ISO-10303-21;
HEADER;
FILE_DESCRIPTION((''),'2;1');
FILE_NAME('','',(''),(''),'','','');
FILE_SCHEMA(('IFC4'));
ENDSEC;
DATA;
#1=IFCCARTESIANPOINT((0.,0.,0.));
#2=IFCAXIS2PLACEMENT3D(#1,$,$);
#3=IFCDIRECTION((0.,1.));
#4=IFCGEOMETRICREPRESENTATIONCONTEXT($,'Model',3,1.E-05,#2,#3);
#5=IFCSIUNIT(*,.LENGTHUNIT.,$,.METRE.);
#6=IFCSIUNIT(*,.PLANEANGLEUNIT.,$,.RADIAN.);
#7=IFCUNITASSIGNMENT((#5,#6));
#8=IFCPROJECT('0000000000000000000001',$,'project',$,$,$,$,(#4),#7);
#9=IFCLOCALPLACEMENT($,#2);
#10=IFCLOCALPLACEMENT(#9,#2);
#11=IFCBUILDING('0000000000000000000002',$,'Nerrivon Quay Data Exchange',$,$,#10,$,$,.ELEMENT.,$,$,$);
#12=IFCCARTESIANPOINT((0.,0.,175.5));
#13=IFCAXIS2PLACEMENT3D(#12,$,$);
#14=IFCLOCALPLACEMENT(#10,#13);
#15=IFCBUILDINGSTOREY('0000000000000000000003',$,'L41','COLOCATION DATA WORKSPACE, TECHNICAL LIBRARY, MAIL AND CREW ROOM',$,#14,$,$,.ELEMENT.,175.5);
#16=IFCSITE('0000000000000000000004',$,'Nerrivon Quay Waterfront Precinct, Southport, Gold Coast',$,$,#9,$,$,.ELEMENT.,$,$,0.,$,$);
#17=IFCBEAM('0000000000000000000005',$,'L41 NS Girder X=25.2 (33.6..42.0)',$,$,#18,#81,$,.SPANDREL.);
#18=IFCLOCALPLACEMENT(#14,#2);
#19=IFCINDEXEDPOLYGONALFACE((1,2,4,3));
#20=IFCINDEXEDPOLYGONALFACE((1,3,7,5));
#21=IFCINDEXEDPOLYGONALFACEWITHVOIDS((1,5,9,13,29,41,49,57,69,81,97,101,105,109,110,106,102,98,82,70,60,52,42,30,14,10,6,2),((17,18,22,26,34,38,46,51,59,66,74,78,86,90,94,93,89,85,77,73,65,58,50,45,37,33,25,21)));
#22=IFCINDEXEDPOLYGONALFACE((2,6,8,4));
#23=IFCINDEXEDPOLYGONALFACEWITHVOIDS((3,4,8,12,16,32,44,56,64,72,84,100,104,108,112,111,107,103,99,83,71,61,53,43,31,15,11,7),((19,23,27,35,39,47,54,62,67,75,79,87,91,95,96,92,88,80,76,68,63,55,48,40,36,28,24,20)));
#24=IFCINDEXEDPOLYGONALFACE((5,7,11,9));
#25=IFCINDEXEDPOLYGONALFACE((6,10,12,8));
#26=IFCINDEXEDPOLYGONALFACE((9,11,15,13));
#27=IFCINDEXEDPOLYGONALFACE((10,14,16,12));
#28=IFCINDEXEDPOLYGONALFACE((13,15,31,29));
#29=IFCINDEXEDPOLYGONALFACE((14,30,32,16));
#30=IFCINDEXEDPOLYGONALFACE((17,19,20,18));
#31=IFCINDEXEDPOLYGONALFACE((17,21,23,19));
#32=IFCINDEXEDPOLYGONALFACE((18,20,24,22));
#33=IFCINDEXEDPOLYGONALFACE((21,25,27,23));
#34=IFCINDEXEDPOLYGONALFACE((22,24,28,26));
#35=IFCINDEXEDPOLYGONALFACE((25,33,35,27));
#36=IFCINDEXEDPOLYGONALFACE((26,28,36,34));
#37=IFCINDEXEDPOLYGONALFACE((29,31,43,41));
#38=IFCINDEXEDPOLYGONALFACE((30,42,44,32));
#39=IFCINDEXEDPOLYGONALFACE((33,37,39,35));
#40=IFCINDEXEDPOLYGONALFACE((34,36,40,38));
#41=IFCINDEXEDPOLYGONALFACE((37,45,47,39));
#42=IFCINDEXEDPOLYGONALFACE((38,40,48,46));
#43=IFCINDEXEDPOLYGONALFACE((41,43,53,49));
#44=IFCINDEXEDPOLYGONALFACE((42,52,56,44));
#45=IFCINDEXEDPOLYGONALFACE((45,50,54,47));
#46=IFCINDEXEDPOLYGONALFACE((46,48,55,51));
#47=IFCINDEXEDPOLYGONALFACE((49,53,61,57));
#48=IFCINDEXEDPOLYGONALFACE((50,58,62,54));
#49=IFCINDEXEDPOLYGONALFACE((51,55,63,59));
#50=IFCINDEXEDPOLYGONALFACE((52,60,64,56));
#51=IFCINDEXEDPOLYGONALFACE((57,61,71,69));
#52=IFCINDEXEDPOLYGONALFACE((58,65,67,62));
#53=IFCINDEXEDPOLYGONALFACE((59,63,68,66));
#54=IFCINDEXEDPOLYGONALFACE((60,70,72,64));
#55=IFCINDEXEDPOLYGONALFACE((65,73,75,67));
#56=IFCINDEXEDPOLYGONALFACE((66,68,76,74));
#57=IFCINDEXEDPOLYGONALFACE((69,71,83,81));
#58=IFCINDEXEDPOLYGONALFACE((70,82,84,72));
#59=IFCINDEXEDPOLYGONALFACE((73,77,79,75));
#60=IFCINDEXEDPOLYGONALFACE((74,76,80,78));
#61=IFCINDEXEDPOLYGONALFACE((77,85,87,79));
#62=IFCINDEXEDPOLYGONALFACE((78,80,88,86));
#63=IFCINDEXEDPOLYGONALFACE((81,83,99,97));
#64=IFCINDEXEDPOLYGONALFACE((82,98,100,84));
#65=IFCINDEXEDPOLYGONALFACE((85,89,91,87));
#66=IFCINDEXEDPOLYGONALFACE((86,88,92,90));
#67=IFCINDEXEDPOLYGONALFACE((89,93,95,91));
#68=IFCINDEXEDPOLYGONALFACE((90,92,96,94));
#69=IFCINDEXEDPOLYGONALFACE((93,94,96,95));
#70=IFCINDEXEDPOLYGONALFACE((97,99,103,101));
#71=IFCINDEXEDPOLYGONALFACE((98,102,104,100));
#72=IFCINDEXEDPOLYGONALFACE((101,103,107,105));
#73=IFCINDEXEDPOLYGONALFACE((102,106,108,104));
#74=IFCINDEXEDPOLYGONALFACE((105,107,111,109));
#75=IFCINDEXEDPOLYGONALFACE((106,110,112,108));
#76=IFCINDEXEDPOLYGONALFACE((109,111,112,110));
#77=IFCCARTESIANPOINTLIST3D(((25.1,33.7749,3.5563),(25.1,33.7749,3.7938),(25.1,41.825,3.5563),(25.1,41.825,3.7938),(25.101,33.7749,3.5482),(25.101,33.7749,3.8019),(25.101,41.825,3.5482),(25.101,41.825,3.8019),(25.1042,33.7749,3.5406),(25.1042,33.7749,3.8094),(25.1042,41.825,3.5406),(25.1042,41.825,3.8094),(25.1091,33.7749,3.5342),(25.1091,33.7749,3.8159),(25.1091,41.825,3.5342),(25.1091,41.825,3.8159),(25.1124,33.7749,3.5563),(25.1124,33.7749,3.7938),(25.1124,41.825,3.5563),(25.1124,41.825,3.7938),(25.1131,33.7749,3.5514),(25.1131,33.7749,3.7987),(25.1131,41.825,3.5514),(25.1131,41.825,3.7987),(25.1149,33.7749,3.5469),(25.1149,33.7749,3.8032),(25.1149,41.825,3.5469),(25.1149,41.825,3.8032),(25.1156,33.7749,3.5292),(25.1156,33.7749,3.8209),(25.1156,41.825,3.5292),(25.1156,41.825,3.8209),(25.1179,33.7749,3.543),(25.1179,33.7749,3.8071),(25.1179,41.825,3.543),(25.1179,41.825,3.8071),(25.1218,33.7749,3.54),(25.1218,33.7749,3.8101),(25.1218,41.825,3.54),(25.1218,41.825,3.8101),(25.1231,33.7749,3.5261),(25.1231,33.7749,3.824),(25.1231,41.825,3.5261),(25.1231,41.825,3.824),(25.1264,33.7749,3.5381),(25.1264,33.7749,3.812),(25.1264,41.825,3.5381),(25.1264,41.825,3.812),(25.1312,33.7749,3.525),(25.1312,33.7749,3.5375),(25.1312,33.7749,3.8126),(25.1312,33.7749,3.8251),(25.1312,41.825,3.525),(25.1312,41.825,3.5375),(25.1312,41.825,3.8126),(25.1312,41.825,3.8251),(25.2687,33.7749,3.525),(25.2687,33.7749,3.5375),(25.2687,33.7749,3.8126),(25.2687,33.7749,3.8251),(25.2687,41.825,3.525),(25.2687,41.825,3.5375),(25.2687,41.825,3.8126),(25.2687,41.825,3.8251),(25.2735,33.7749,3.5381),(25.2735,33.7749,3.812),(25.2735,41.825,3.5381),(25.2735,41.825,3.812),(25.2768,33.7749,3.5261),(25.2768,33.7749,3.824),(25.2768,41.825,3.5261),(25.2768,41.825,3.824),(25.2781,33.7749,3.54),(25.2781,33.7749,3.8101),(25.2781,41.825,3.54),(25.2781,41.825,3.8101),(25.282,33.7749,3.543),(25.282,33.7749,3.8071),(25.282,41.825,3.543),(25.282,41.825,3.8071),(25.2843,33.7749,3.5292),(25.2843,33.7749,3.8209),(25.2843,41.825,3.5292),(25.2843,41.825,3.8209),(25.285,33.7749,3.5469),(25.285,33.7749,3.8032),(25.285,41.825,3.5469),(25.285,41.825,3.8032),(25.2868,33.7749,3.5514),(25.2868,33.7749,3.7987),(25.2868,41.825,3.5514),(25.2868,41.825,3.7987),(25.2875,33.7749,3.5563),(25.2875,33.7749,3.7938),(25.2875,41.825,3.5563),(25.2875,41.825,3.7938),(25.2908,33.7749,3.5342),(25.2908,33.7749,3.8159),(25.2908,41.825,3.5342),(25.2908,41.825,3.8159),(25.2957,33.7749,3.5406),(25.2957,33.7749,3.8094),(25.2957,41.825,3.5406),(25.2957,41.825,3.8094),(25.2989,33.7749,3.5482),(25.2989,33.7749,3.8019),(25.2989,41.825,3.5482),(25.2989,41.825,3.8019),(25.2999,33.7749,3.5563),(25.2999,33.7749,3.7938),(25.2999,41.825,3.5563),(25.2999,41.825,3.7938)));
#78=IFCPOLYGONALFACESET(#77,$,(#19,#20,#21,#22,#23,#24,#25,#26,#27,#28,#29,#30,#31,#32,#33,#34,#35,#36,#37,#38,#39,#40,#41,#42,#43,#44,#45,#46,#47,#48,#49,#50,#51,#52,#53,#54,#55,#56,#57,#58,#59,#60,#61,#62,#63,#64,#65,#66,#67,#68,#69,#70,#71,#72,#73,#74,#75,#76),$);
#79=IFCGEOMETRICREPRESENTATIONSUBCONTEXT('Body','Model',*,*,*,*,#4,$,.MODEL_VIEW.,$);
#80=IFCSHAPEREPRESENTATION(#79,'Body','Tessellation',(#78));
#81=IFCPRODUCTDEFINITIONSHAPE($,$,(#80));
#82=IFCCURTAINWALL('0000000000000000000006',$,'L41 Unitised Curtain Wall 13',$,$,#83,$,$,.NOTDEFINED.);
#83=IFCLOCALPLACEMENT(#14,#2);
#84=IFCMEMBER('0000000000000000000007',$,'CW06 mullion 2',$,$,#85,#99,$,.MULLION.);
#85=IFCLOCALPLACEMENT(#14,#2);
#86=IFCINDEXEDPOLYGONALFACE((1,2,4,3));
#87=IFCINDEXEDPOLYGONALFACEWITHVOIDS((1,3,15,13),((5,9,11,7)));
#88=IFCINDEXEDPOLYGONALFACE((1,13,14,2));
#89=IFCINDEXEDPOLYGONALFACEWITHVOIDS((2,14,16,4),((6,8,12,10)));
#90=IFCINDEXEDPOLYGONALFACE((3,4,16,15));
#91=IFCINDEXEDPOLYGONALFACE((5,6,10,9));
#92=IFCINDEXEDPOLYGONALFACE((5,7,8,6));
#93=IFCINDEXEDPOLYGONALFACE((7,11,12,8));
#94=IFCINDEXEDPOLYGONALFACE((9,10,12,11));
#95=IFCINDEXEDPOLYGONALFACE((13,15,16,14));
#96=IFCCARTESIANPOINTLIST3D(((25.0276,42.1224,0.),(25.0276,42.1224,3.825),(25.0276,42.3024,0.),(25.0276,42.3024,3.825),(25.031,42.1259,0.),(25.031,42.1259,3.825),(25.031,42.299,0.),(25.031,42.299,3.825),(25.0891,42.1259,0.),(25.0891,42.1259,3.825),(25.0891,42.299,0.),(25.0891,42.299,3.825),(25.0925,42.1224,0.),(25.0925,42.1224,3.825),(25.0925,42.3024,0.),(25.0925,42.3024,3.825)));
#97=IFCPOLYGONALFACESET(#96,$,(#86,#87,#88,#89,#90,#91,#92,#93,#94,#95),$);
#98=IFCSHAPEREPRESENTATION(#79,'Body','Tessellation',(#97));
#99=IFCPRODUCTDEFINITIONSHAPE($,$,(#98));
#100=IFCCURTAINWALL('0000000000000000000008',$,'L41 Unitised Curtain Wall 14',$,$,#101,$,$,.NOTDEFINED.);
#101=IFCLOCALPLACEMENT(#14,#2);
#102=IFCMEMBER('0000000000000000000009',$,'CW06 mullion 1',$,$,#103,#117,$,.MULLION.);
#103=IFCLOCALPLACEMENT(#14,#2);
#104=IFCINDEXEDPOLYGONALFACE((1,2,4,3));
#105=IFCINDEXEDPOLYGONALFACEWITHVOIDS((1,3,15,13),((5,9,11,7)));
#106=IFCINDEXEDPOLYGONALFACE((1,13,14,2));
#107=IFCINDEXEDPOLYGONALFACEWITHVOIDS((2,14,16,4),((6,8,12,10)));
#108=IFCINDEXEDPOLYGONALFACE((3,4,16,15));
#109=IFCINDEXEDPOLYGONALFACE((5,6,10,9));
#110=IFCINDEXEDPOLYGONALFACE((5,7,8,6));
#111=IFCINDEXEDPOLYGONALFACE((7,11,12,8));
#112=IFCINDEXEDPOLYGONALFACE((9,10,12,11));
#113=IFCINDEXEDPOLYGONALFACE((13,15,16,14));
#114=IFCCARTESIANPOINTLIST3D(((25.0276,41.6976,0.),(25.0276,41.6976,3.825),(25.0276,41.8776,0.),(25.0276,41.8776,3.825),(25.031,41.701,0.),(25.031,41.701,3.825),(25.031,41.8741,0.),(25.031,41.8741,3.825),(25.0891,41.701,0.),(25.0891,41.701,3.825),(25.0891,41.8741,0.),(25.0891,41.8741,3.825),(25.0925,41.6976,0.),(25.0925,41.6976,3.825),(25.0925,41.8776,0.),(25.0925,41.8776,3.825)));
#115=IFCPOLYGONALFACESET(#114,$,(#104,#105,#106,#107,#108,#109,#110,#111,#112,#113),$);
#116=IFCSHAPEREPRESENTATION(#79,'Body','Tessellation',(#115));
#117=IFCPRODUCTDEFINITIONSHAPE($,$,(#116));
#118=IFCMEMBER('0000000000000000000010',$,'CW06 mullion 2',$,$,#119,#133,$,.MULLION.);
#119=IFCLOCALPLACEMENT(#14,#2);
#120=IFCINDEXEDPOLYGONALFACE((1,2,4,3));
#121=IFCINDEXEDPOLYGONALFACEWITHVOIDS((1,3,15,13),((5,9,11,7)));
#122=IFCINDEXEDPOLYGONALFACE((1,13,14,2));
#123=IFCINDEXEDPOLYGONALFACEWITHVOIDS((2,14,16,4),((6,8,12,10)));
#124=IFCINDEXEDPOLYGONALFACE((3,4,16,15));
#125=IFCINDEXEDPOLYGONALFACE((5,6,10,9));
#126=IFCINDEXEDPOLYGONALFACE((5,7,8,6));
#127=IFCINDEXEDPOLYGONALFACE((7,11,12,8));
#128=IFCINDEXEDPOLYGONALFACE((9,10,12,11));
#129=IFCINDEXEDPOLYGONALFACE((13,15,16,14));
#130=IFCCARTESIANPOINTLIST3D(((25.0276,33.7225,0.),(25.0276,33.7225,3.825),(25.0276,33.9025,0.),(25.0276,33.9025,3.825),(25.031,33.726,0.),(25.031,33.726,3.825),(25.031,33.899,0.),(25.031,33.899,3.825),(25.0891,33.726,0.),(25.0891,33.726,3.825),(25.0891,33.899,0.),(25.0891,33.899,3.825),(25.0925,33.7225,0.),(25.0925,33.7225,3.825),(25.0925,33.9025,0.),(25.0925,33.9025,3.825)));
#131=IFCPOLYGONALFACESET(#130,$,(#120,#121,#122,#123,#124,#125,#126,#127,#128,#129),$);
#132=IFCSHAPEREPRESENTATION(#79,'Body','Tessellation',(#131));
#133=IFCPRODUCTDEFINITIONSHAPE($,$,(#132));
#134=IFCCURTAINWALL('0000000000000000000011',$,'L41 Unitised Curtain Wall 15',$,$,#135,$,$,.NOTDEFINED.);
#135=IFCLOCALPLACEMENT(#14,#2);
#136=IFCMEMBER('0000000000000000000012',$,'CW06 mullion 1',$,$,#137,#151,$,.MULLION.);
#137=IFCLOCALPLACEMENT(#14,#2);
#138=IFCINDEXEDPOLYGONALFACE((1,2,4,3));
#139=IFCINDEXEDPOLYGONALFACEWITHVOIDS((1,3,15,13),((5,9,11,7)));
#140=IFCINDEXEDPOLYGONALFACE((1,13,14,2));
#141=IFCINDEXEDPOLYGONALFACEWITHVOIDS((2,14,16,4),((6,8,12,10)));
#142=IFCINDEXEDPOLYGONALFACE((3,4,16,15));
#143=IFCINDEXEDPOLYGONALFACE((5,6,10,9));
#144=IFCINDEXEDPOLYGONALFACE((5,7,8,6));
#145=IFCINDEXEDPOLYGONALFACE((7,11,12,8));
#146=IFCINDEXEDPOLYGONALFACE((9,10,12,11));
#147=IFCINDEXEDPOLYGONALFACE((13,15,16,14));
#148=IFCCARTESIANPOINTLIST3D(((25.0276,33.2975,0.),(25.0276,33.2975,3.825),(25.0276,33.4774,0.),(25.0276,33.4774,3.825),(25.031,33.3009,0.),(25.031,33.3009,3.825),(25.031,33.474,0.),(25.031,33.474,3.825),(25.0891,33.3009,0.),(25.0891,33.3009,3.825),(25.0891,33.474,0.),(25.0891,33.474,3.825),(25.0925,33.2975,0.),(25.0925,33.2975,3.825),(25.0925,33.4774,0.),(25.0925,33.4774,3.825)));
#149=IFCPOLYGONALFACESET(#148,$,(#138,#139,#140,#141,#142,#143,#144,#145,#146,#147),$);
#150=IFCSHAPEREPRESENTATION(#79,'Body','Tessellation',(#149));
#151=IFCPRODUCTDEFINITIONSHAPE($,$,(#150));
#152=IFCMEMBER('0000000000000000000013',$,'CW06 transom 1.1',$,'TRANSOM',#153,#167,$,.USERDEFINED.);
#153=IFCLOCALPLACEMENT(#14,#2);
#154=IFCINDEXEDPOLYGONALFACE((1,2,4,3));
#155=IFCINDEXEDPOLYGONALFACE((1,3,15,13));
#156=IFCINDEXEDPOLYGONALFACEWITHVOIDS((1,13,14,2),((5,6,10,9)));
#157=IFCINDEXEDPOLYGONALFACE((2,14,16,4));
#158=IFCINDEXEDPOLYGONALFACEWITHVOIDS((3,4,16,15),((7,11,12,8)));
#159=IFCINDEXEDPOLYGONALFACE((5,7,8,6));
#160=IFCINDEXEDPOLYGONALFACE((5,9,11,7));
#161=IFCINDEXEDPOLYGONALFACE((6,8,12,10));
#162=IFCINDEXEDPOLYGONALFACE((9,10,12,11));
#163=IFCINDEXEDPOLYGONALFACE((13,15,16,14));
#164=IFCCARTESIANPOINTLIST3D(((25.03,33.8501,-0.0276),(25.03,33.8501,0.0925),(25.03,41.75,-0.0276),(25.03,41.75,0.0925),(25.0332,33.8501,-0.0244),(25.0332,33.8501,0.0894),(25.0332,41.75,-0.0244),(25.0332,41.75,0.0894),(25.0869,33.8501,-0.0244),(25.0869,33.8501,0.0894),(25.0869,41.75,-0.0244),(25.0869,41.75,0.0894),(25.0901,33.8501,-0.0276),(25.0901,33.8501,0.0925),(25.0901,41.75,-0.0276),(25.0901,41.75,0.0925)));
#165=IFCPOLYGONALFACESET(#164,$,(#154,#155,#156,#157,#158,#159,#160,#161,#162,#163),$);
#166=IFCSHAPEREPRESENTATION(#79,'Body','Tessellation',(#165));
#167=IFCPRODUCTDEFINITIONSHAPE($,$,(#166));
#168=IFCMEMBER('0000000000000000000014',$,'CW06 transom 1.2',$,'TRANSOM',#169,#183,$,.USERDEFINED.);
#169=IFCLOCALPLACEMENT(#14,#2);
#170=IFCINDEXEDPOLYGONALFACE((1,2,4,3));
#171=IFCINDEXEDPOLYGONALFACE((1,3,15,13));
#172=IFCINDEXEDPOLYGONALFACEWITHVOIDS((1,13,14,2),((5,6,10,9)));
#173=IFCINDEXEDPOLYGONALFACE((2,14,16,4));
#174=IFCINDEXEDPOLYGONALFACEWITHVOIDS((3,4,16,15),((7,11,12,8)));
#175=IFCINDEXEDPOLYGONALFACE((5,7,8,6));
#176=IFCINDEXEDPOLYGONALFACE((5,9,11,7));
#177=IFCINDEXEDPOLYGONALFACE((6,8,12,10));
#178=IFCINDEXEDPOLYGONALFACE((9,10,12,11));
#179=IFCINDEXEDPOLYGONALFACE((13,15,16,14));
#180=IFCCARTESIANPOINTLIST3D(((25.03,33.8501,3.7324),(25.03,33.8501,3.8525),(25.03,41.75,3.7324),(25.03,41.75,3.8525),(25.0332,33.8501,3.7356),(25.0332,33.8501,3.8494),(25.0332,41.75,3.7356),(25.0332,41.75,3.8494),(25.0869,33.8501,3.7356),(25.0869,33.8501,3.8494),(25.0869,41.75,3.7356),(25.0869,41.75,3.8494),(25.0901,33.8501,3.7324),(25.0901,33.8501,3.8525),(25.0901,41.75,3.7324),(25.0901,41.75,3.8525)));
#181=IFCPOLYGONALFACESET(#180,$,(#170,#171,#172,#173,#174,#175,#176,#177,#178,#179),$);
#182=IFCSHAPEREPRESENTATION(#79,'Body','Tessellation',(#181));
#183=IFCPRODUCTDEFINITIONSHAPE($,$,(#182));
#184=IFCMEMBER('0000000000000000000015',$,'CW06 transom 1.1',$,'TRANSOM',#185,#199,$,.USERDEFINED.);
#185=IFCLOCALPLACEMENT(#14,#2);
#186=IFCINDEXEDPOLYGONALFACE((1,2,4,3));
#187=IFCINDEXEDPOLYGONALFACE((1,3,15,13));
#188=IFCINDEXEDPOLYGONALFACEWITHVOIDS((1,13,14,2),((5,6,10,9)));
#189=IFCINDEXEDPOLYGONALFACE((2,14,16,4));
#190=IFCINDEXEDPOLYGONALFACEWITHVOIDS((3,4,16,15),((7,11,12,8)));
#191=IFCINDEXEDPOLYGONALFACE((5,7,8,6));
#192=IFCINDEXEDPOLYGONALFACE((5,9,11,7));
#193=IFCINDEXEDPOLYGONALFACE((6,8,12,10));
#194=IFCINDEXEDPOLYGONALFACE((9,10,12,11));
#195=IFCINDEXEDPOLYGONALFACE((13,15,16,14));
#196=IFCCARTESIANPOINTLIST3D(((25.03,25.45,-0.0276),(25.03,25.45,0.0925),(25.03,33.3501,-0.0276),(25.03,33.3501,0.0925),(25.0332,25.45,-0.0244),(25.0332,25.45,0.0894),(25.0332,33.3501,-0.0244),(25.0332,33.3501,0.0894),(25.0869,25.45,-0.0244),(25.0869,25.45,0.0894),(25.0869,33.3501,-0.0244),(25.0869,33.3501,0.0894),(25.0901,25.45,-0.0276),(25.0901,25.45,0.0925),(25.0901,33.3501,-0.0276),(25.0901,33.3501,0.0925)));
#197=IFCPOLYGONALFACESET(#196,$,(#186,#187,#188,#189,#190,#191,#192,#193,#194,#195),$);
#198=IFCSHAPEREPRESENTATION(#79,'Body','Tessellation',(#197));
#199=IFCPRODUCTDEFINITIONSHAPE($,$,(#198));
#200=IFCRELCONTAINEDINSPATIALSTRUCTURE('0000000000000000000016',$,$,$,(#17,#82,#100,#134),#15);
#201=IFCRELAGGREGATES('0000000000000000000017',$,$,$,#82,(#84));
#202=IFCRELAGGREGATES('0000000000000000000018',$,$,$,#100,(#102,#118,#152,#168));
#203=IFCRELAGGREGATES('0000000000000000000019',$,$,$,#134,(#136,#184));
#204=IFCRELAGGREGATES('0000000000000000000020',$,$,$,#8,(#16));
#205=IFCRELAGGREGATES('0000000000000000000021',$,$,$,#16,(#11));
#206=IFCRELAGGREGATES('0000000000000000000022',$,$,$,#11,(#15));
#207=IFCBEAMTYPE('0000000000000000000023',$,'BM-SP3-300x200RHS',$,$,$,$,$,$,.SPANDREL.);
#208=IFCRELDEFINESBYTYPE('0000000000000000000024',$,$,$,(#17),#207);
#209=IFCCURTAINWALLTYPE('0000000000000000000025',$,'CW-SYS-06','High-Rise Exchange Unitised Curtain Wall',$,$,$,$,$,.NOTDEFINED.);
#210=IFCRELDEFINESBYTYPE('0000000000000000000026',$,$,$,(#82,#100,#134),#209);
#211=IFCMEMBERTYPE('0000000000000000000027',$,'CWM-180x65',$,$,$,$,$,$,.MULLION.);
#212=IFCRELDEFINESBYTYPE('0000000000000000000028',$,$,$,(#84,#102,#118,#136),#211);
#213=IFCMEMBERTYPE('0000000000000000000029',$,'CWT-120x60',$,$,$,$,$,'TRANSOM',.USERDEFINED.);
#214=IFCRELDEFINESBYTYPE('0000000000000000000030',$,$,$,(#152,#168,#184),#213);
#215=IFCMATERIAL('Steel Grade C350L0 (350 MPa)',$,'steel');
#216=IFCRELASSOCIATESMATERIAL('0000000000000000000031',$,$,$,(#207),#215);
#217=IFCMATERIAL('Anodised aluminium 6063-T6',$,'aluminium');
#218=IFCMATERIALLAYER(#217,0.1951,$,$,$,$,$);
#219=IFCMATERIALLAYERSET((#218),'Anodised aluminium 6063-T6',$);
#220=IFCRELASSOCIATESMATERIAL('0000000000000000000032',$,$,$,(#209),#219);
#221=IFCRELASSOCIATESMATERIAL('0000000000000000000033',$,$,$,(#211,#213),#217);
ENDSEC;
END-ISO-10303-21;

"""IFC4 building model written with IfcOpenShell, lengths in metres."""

from ifc_helpers import new_model, si_unit, direction, frame, origin, origin_2d, place, context, subcontext, project, spatial, hollow_rectangle, extrude, material, layer, layer_set, material_profile, profile_set, type_object, element, aggregate, save


model = new_model("IFC4")

# Units and contexts
model_context = context("Model", 3, precision=1e-05, world=origin(), true_north=direction((0.0, 1.0)))
body_context = subcontext(model_context, "Body", "Model", "MODEL_VIEW")
ifc_project = project(units=[si_unit("LENGTHUNIT", "METRE"), si_unit("PLANEANGLEUNIT", "RADIAN")], contexts=[model_context])

# Site, building, storey
site_placement = place(None, origin())
site = spatial("IfcSite", under=ifc_project, at=site_placement, Name="Nerrivon Quay Waterfront Precinct, Southport, Gold Coast", CompositionType="ELEMENT", RefElevation=0.0)
building_placement = place(site_placement, origin())
building = spatial("IfcBuilding", under=site, at=building_placement, Name="Nerrivon Quay Data Exchange", CompositionType="ELEMENT")
storey_placement = place(building_placement, frame((0.0, 0.0, 175.5)))
storey = spatial("IfcBuildingStorey", under=building, at=storey_placement, Name="L41", Description="COLOCATION DATA WORKSPACE, TECHNICAL LIBRARY, MAIL AND CREW ROOM", CompositionType="ELEMENT", Elevation=175.5)

# Beam
ifc_material_1 = material(Name="Steel Grade C350L0 (350 MPa)", Category="steel")
ifc_material_profile_1 = material_profile(ifc_material_1, hollow_rectangle(XDim=0.2, YDim=0.3, WallThickness=0.0125, InnerFilletRadius=0.0188, OuterFilletRadius=0.0312, at=origin_2d()), Name="300x200x12.5RHS")
ifc_profile_set_1 = profile_set([ifc_material_profile_1], Name="Steel Grade C350L0 (350 MPa)")
beam_type_1 = type_object("IfcBeamType", Name="BM-SP3-300x200RHS", PredefinedType="SPANDREL", material=ifc_profile_set_1)
beam_1_placement = place(storey_placement, frame((25.2, 33.7749, 3.675), z_axis=(0.0, 1.0, 0.0), x_axis=(-1.0, 0.0, 0.0)))
element("IfcBeam", 1, at=beam_1_placement, inside=storey, type_object=beam_type_1, Name="L41 NS Girder X=25.2 (33.6..42.0)", PredefinedType="SPANDREL", context=body_context, shape_type="SweptSolid", body=[
    extrude(hollow_rectangle(XDim=0.2, YDim=0.3, WallThickness=0.0125, InnerFilletRadius=0.0188, OuterFilletRadius=0.0312, at=origin_2d()), origin(), (0.0, 0.0, 1.0), 8.05),
])

# Curtain wall, member
ifc_material_2 = material(Name="Anodised aluminium 6063-T6", Category="aluminium")
ifc_layer_1 = layer(ifc_material_2, 0.1951)
ifc_layer_set_1 = layer_set([ifc_layer_1], Name="Anodised aluminium 6063-T6")
curtain_wall_type = type_object("IfcCurtainWallType", Name="CW-SYS-06", Description="High-Rise Exchange Unitised Curtain Wall", PredefinedType="NOTDEFINED", material=ifc_layer_set_1)
curtain_wall_1_placement = place(storey_placement, origin())
curtain_wall_1 = element("IfcCurtainWall", 2, at=curtain_wall_1_placement, inside=storey, type_object=curtain_wall_type, Name="L41 Unitised Curtain Wall 13", PredefinedType="NOTDEFINED")
ifc_material_profile_2 = material_profile(ifc_material_2, hollow_rectangle(XDim=0.0649, YDim=0.1799, WallThickness=0.0034, at=origin_2d()), Name="ALU-MULL-180x65")
ifc_profile_set_2 = profile_set([ifc_material_profile_2], Name="Anodised aluminium 6063-T6")
member_type_1 = type_object("IfcMemberType", Name="CWM-180x65", PredefinedType="MULLION", material=ifc_profile_set_2)
member_1_placement = place(storey_placement, frame((25.0601, 42.2124, 0.0), z_axis=(0.0, 0.0, 1.0), x_axis=(1.0, 0.0, 0.0)))
member_1 = element("IfcMember", 3, at=member_1_placement, type_object=member_type_1, Name="CW06 mullion 2", PredefinedType="MULLION", context=body_context, shape_type="SweptSolid", body=[
    extrude(hollow_rectangle(XDim=0.0649, YDim=0.1799, WallThickness=0.0034, at=origin_2d()), origin(), (0.0, 0.0, 1.0), 3.825),
])
aggregate(curtain_wall_1, [member_1])

# Curtain wall, members
curtain_wall_2_placement = place(storey_placement, origin())
curtain_wall_2 = element("IfcCurtainWall", 4, at=curtain_wall_2_placement, inside=storey, type_object=curtain_wall_type, Name="L41 Unitised Curtain Wall 14", PredefinedType="NOTDEFINED")
member_2_placement = place(storey_placement, frame((25.0601, 41.7876, 0.0), z_axis=(0.0, 0.0, 1.0), x_axis=(1.0, 0.0, 0.0)))
member_2 = element("IfcMember", 5, at=member_2_placement, type_object=member_type_1, Name="CW06 mullion 1", PredefinedType="MULLION", context=body_context, shape_type="SweptSolid", body=[
    extrude(hollow_rectangle(XDim=0.0649, YDim=0.1799, WallThickness=0.0034, at=origin_2d()), origin(), (0.0, 0.0, 1.0), 3.825),
])
member_3_placement = place(storey_placement, frame((25.0601, 33.8125, 0.0), z_axis=(0.0, 0.0, 1.0), x_axis=(1.0, 0.0, 0.0)))
member_3 = element("IfcMember", 6, at=member_3_placement, type_object=member_type_1, Name="CW06 mullion 2", PredefinedType="MULLION", context=body_context, shape_type="SweptSolid", body=[
    extrude(hollow_rectangle(XDim=0.0649, YDim=0.1799, WallThickness=0.0034, at=origin_2d()), origin(), (0.0, 0.0, 1.0), 3.825),
])

# Curtain wall, member
curtain_wall_3_placement = place(storey_placement, origin())
curtain_wall_3 = element("IfcCurtainWall", 7, at=curtain_wall_3_placement, inside=storey, type_object=curtain_wall_type, Name="L41 Unitised Curtain Wall 15", PredefinedType="NOTDEFINED")
member_4_placement = place(storey_placement, frame((25.0601, 33.3875, 0.0), z_axis=(0.0, 0.0, 1.0), x_axis=(1.0, 0.0, 0.0)))
member_4 = element("IfcMember", 8, at=member_4_placement, type_object=member_type_1, Name="CW06 mullion 1", PredefinedType="MULLION", context=body_context, shape_type="SweptSolid", body=[
    extrude(hollow_rectangle(XDim=0.0649, YDim=0.1799, WallThickness=0.0034, at=origin_2d()), origin(), (0.0, 0.0, 1.0), 3.825),
])

# Members
ifc_material_profile_3 = material_profile(ifc_material_2, hollow_rectangle(XDim=0.0601, YDim=0.1201, WallThickness=0.0032, at=origin_2d()), Name="ALU-TRAN-120x60")
ifc_profile_set_3 = profile_set([ifc_material_profile_3], Name="Anodised aluminium 6063-T6")
member_type_2 = type_object("IfcMemberType", Name="CWT-120x60", ElementType="TRANSOM", PredefinedType="USERDEFINED", material=ifc_profile_set_3)
member_5_placement = place(storey_placement, frame((25.0601, 41.75, 0.0325), z_axis=(0.0, -1.0, 0.0), x_axis=(1.0, 0.0, 0.0)))
member_5 = element("IfcMember", 9, at=member_5_placement, type_object=member_type_2, Name="CW06 transom 1.1", ObjectType="TRANSOM", PredefinedType="USERDEFINED", context=body_context, shape_type="SweptSolid", body=[
    extrude(hollow_rectangle(XDim=0.0601, YDim=0.1201, WallThickness=0.0032, at=origin_2d()), origin(), (0.0, 0.0, 1.0), 7.8999),
])
member_6_placement = place(storey_placement, frame((25.0601, 41.75, 3.7925), z_axis=(0.0, -1.0, 0.0), x_axis=(1.0, 0.0, 0.0)))
member_6 = element("IfcMember", 10, at=member_6_placement, type_object=member_type_2, Name="CW06 transom 1.2", ObjectType="TRANSOM", PredefinedType="USERDEFINED", context=body_context, shape_type="SweptSolid", body=[
    extrude(hollow_rectangle(XDim=0.0601, YDim=0.1201, WallThickness=0.0032, at=origin_2d()), origin(), (0.0, 0.0, 1.0), 7.8999),
])
member_7_placement = place(storey_placement, frame((25.0601, 33.3501, 0.0325), z_axis=(0.0, -1.0, 0.0), x_axis=(1.0, 0.0, 0.0)))
member_7 = element("IfcMember", 11, at=member_7_placement, type_object=member_type_2, Name="CW06 transom 1.1", ObjectType="TRANSOM", PredefinedType="USERDEFINED", context=body_context, shape_type="SweptSolid", body=[
    extrude(hollow_rectangle(XDim=0.0601, YDim=0.1201, WallThickness=0.0032, at=origin_2d()), origin(), (0.0, 0.0, 1.0), 7.9001),
])

aggregate(curtain_wall_2, [member_2, member_3, member_5, member_6])
aggregate(curtain_wall_3, [member_4, member_7])

save(model, "model.ifc")
